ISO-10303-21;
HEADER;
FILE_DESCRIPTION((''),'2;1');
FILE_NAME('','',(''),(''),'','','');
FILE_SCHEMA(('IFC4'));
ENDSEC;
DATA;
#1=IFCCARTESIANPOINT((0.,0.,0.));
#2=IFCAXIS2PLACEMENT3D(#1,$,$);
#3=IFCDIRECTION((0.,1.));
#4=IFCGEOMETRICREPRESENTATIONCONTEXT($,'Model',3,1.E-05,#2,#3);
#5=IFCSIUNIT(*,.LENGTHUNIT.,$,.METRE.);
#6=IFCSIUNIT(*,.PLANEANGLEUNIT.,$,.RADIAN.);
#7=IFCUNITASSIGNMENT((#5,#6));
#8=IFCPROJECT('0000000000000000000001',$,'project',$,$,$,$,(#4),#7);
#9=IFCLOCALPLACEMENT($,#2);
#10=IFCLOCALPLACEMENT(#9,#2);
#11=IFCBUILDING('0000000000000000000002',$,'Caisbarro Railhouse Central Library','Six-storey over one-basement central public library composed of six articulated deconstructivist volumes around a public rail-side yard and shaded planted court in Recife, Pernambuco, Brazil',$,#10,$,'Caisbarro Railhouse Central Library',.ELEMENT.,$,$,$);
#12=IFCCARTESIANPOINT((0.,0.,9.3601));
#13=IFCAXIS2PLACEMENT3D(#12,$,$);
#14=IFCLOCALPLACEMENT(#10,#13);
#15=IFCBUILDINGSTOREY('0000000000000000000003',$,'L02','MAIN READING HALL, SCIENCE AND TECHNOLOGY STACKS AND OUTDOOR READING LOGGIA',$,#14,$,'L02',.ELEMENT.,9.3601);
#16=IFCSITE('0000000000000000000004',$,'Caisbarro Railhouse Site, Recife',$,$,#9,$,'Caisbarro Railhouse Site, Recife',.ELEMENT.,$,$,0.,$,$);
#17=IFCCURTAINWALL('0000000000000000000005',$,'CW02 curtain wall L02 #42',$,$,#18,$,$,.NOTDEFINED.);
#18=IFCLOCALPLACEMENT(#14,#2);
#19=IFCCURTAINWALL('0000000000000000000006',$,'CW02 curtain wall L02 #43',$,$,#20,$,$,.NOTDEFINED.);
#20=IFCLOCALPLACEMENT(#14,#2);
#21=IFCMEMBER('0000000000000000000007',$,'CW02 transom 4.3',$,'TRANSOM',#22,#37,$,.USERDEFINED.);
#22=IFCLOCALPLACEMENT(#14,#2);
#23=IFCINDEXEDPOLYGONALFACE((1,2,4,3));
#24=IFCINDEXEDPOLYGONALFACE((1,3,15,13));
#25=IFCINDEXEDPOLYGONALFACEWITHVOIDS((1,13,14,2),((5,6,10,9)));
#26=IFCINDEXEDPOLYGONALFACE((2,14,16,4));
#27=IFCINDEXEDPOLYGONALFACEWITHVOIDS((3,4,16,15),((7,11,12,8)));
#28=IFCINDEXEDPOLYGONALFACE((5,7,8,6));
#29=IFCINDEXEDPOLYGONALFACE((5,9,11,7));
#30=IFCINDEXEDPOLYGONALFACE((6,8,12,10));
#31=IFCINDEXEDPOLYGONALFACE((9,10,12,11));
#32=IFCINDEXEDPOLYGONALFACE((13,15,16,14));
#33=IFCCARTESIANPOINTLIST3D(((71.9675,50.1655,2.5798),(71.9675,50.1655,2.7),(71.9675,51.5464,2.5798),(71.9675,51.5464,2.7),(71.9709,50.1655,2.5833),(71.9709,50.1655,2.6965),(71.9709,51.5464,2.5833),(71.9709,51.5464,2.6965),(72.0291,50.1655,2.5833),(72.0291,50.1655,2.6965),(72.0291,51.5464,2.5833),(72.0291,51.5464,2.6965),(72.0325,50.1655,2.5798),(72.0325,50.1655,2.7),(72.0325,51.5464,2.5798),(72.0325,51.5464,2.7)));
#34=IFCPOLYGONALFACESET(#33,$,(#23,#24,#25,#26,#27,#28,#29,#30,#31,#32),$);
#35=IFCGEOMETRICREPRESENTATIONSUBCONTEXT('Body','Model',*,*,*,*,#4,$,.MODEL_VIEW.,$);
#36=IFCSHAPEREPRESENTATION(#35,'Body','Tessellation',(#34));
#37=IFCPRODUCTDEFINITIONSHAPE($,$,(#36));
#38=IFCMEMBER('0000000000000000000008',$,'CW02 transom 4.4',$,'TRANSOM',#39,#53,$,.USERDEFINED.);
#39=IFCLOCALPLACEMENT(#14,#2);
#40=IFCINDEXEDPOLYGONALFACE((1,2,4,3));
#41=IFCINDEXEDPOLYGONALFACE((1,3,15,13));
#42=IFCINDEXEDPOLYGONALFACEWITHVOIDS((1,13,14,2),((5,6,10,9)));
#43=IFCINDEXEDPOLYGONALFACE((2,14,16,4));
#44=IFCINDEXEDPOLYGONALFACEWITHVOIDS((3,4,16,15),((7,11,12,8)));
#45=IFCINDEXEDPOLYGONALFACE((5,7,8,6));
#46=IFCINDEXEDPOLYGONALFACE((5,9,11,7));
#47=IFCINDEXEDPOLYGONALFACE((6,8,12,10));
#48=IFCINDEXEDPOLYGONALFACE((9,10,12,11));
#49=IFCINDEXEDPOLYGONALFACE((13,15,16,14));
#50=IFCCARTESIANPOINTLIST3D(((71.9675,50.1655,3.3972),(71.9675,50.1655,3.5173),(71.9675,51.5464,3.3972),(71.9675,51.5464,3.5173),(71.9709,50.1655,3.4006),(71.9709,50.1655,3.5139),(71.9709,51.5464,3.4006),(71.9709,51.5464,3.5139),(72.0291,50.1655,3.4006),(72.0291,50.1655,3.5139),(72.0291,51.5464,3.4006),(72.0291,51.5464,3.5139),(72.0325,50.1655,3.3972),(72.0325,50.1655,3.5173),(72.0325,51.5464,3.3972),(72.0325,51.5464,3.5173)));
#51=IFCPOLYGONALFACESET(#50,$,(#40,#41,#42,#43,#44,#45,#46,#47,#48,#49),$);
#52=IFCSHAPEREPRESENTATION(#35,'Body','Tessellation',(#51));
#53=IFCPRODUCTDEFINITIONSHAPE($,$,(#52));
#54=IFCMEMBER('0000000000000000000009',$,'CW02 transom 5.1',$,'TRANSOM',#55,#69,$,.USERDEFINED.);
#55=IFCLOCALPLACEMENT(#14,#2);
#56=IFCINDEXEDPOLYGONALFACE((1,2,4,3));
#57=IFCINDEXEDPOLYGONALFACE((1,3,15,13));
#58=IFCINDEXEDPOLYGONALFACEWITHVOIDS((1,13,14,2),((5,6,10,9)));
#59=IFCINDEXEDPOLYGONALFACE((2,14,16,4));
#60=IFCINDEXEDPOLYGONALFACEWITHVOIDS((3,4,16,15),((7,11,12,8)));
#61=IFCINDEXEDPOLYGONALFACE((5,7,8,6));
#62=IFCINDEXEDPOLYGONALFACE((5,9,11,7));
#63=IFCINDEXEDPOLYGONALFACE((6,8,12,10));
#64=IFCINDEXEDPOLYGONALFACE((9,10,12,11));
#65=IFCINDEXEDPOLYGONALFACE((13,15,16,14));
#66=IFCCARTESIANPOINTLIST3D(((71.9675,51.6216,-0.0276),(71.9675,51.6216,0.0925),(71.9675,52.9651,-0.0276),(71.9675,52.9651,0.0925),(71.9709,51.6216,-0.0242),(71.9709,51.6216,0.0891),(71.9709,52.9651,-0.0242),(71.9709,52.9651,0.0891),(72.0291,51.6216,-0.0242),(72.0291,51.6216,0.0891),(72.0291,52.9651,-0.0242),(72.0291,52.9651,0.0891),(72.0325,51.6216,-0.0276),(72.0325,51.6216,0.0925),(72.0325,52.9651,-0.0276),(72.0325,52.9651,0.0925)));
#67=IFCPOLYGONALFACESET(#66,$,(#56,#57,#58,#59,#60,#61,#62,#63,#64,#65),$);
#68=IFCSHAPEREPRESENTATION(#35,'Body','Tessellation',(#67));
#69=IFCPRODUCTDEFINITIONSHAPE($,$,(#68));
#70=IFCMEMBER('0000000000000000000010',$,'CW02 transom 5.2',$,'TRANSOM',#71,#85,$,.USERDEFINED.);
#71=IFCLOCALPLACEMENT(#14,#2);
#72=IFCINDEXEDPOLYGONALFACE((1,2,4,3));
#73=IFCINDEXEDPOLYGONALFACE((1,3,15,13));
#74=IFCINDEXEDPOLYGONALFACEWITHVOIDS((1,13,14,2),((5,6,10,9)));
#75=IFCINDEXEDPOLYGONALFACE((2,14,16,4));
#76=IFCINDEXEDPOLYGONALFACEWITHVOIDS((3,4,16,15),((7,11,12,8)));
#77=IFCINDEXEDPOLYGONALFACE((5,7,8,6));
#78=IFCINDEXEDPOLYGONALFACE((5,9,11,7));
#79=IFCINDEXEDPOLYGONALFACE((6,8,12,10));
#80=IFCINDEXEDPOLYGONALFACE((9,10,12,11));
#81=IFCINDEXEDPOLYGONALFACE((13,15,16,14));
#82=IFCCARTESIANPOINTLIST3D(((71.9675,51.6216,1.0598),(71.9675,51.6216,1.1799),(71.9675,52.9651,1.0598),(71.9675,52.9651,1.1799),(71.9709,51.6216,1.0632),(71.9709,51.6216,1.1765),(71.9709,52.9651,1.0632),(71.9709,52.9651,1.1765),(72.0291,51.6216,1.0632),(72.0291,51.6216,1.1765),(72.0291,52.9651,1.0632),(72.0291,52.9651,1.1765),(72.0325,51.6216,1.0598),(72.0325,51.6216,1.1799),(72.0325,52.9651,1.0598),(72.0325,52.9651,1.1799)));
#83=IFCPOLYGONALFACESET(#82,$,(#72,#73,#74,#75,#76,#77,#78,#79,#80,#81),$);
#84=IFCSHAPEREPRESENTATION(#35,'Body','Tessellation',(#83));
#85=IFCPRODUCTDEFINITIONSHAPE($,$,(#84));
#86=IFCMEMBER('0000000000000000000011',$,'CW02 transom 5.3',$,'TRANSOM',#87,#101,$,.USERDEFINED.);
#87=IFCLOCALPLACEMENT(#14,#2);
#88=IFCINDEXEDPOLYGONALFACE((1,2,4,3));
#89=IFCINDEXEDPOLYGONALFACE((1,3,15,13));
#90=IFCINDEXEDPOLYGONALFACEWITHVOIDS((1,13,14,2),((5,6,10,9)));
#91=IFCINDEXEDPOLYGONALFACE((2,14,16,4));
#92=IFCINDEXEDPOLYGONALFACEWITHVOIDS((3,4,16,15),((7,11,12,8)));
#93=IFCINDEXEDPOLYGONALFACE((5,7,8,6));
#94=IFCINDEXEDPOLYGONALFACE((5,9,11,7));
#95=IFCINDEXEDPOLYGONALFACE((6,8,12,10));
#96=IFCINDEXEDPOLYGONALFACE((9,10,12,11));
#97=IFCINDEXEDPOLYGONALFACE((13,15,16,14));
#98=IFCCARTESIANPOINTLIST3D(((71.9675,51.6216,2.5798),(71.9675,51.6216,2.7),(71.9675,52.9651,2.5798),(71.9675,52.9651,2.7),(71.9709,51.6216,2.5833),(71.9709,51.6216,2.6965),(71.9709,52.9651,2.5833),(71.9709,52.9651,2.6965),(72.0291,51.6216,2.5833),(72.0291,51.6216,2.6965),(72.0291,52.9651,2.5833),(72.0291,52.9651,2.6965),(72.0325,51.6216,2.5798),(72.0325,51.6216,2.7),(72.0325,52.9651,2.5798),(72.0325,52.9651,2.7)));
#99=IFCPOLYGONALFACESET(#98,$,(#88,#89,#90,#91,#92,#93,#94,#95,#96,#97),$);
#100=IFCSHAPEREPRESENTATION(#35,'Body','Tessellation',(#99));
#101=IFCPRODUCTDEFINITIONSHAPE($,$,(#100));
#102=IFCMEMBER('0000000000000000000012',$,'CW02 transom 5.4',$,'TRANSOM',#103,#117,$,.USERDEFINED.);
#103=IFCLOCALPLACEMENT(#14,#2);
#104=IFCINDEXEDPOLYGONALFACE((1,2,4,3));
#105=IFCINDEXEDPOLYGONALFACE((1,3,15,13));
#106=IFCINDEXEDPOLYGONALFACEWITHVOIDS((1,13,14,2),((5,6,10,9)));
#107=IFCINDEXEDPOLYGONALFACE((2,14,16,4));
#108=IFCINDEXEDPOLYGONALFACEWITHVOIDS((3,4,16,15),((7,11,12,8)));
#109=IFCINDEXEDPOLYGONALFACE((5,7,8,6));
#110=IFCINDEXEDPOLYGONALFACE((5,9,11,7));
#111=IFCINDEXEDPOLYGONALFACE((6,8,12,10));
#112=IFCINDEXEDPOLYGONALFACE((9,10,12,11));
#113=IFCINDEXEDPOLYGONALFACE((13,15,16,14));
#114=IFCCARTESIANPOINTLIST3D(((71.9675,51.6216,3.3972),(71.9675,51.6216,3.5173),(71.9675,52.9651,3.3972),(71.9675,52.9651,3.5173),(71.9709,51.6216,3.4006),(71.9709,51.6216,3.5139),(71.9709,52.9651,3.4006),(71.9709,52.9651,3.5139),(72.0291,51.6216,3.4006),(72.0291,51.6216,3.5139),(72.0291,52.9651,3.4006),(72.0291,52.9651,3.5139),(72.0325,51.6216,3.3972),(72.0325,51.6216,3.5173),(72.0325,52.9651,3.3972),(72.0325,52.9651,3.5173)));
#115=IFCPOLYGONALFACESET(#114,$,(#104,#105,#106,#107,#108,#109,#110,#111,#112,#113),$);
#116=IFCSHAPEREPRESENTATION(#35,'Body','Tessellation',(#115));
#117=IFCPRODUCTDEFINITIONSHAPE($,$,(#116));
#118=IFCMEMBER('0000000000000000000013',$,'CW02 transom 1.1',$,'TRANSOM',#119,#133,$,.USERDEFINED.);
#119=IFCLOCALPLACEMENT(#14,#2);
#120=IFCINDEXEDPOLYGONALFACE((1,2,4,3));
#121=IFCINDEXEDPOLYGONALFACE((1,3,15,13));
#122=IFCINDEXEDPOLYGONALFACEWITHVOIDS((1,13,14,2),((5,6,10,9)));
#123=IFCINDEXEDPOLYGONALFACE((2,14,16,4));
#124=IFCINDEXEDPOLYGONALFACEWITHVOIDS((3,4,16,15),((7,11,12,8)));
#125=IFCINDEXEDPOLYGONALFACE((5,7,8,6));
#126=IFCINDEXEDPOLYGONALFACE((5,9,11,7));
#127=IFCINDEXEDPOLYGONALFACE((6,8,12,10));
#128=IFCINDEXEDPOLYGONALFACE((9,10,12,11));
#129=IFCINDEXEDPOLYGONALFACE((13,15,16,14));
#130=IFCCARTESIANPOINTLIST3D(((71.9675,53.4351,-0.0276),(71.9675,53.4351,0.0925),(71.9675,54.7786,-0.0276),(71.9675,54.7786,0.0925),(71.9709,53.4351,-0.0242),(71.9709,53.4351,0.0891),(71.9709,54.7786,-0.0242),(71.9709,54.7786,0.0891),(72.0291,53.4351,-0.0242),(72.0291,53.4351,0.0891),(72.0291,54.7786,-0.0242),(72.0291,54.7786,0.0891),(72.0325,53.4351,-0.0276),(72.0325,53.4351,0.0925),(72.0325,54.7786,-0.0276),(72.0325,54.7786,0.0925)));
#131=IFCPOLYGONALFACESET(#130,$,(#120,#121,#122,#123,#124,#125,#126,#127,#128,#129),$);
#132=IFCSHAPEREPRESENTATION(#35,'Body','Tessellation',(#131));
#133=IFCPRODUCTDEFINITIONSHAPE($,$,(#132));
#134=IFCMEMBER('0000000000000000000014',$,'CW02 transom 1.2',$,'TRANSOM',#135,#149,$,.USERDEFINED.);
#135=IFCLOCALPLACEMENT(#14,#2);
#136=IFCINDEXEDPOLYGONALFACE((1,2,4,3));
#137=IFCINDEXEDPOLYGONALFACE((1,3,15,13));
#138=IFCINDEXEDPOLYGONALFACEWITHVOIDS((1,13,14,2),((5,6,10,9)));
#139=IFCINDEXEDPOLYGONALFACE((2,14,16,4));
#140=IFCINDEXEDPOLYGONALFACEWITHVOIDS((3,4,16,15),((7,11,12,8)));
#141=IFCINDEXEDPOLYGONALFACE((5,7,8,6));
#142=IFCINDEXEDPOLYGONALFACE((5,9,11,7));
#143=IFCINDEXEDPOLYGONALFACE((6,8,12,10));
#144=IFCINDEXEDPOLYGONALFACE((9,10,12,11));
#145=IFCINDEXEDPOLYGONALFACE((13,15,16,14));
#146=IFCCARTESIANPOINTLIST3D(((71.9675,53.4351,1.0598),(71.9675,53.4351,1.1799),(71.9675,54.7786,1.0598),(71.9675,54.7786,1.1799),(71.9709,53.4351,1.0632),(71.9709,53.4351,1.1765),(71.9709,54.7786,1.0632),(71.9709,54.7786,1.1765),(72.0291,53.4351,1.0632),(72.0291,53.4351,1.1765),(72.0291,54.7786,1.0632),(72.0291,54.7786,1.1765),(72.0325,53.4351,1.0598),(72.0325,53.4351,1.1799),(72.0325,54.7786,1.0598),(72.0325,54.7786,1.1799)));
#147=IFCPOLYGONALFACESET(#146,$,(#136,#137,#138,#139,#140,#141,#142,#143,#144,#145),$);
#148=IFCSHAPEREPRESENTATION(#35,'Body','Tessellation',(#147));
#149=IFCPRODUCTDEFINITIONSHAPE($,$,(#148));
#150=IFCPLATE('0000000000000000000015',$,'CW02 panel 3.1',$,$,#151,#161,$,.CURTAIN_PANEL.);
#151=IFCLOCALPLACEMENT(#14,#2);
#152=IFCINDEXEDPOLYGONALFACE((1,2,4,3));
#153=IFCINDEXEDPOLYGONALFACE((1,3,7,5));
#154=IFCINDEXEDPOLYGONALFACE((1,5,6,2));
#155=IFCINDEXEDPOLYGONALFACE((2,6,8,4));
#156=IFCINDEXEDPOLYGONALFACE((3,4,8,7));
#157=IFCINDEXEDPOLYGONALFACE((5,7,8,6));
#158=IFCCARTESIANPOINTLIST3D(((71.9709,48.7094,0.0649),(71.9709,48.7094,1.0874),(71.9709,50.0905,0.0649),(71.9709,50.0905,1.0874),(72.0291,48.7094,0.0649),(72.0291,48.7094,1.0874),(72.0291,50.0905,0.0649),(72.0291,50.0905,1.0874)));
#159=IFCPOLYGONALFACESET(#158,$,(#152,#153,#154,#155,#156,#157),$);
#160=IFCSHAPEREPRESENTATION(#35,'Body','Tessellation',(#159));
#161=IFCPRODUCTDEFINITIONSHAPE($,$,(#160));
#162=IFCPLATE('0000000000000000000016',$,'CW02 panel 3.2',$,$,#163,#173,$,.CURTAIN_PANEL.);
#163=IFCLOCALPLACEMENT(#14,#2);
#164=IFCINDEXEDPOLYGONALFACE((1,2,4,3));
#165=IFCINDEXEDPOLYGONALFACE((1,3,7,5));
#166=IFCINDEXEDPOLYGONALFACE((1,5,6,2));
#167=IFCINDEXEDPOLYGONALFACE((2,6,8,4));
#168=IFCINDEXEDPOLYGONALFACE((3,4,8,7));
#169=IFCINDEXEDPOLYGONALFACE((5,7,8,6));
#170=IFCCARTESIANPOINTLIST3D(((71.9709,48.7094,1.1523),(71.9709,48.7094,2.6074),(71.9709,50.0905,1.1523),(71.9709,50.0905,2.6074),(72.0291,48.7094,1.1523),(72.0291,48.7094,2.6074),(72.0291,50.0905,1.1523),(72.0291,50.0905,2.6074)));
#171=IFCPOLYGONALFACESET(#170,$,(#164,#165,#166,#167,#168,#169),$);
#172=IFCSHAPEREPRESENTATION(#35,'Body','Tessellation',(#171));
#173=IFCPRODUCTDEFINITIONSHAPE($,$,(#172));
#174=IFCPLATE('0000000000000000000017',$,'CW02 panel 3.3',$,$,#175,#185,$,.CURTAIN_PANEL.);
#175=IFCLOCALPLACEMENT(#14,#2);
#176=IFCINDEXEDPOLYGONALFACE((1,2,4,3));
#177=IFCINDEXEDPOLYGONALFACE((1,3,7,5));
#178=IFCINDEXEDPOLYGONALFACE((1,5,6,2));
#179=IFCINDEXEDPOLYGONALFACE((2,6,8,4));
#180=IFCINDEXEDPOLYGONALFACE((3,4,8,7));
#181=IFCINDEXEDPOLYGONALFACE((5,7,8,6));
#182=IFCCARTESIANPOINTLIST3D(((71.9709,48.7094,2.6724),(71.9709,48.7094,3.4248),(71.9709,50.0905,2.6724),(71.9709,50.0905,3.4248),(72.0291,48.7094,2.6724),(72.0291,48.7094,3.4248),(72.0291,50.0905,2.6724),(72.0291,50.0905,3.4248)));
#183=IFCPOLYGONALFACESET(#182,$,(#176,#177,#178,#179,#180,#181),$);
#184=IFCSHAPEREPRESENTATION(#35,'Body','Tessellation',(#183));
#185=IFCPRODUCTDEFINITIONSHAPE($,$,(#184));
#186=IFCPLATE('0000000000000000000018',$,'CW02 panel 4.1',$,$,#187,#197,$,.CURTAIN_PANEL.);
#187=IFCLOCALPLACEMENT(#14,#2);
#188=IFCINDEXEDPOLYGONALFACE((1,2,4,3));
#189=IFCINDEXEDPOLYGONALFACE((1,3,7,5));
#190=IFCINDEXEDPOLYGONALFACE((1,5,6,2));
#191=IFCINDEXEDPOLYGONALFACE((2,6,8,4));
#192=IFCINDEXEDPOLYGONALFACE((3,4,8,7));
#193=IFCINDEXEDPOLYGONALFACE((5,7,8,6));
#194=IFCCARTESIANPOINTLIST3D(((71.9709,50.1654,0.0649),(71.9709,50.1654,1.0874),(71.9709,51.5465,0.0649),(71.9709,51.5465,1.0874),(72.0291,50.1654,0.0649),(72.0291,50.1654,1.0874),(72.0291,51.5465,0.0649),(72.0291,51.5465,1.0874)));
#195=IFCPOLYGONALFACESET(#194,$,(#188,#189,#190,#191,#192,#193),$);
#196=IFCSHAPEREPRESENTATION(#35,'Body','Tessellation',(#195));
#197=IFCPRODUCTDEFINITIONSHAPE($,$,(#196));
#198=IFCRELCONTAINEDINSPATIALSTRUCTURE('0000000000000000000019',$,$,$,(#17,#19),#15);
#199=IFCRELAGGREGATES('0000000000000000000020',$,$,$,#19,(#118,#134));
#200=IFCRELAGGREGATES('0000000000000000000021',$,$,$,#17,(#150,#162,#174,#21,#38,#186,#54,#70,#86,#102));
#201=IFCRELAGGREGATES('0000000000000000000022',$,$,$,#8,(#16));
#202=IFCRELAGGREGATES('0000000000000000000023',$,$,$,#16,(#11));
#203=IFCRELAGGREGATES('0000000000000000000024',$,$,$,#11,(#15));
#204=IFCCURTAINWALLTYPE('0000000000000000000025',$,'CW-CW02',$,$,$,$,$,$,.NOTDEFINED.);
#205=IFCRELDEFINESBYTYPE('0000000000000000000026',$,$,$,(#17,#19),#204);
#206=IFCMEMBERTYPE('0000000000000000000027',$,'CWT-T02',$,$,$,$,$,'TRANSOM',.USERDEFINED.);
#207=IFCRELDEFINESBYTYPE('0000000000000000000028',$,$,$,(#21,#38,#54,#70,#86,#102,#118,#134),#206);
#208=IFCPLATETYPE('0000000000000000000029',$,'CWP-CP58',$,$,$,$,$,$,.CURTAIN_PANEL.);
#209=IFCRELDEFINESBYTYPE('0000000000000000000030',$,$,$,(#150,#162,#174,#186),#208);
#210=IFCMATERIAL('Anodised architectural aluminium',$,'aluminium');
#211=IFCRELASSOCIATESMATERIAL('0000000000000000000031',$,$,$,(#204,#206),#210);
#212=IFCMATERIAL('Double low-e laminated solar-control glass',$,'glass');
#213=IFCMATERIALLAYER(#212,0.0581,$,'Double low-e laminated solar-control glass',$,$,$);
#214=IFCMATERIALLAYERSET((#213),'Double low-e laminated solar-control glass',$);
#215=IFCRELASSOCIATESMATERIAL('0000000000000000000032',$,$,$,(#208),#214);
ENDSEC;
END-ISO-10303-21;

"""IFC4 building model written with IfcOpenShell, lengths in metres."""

from ifc_helpers import new_model, si_unit, direction, frame, origin, origin_2d, place, context, subcontext, project, spatial, rectangle, hollow_rectangle, extrude, material, layer, layer_set, material_profile, profile_set, type_object, element, aggregate, save


model = new_model("IFC4")

# Units and contexts
model_context = context("Model", 3, precision=1e-05, world=origin(), true_north=direction((0.0, 1.0)))
body_context = subcontext(model_context, "Body", "Model", "MODEL_VIEW")
ifc_project = project(units=[si_unit("LENGTHUNIT", "METRE"), si_unit("PLANEANGLEUNIT", "RADIAN")], contexts=[model_context])

# Site, building, storey
site_placement = place(None, origin())
site = spatial("IfcSite", under=ifc_project, at=site_placement, Name="Caisbarro Railhouse Site, Recife", LongName="Caisbarro Railhouse Site, Recife", CompositionType="ELEMENT", RefElevation=0.0)
building_placement = place(site_placement, origin())
building = spatial("IfcBuilding", under=site, at=building_placement, Name="Caisbarro Railhouse Central Library", Description="Six-storey over one-basement central public library composed of six articulated deconstructivist volumes around a public rail-side yard and shaded planted court in Recife, Pernambuco, Brazil", LongName="Caisbarro Railhouse Central Library", CompositionType="ELEMENT")
storey_placement = place(building_placement, frame((0.0, 0.0, 9.3601)))
storey = spatial("IfcBuildingStorey", under=building, at=storey_placement, Name="L02", Description="MAIN READING HALL, SCIENCE AND TECHNOLOGY STACKS AND OUTDOOR READING LOGGIA", LongName="L02", CompositionType="ELEMENT", Elevation=9.3601)

# Curtain wall
ifc_material_1 = material(Name="Anodised architectural aluminium", Category="aluminium")
curtain_wall_type = type_object("IfcCurtainWallType", Name="CW-CW02", PredefinedType="NOTDEFINED", material=ifc_material_1)
curtain_wall_1_placement = place(storey_placement, origin())
curtain_wall_1 = element("IfcCurtainWall", 1, at=curtain_wall_1_placement, inside=storey, type_object=curtain_wall_type, Name="CW02 curtain wall L02 #42", PredefinedType="NOTDEFINED")

# Curtain wall
curtain_wall_2_placement = place(storey_placement, origin())
curtain_wall_2 = element("IfcCurtainWall", 2, at=curtain_wall_2_placement, inside=storey, type_object=curtain_wall_type, Name="CW02 curtain wall L02 #43", PredefinedType="NOTDEFINED")

# Members
ifc_material_profile_1 = material_profile(ifc_material_1, hollow_rectangle(XDim=0.0649, YDim=0.1201, WallThickness=0.0034, at=origin_2d()), Name="ALU-TRN-65X120")
ifc_profile_set_1 = profile_set([ifc_material_profile_1], Name="Anodised architectural aluminium")
member_type_1 = type_object("IfcMemberType", Name="CWT-T02", ElementType="TRANSOM", PredefinedType="USERDEFINED", material=ifc_profile_set_1)
member_1_placement = place(storey_placement, frame((72.0, 50.1655, 2.6399), z_axis=(0.0, 1.0, 0.0), x_axis=(-1.0, 0.0, 0.0)))
member_1 = element("IfcMember", 3, at=member_1_placement, type_object=member_type_1, Name="CW02 transom 4.3", ObjectType="TRANSOM", PredefinedType="USERDEFINED", context=body_context, shape_type="SweptSolid", body=[
    extrude(hollow_rectangle(XDim=0.0649, YDim=0.1201, WallThickness=0.0034, at=origin_2d()), origin(), (0.0, 0.0, 1.0), 1.3809),
])
member_2_placement = place(storey_placement, frame((72.0, 50.1655, 3.4573), z_axis=(0.0, 1.0, 0.0), x_axis=(-1.0, 0.0, 0.0)))
member_2 = element("IfcMember", 4, at=member_2_placement, type_object=member_type_1, Name="CW02 transom 4.4", ObjectType="TRANSOM", PredefinedType="USERDEFINED", context=body_context, shape_type="SweptSolid", body=[
    extrude(hollow_rectangle(XDim=0.0649, YDim=0.1201, WallThickness=0.0034, at=origin_2d()), origin(), (0.0, 0.0, 1.0), 1.3809),
])
member_3_placement = place(storey_placement, frame((72.0, 51.6216, 0.0325), z_axis=(0.0, 1.0, 0.0), x_axis=(-1.0, 0.0, 0.0)))
member_3 = element("IfcMember", 5, at=member_3_placement, type_object=member_type_1, Name="CW02 transom 5.1", ObjectType="TRANSOM", PredefinedType="USERDEFINED", context=body_context, shape_type="SweptSolid", body=[
    extrude(hollow_rectangle(XDim=0.0649, YDim=0.1201, WallThickness=0.0034, at=origin_2d()), origin(), (0.0, 0.0, 1.0), 1.3435),
])
member_4_placement = place(storey_placement, frame((72.0, 51.6216, 1.1199), z_axis=(0.0, 1.0, 0.0), x_axis=(-1.0, 0.0, 0.0)))
member_4 = element("IfcMember", 6, at=member_4_placement, type_object=member_type_1, Name="CW02 transom 5.2", ObjectType="TRANSOM", PredefinedType="USERDEFINED", context=body_context, shape_type="SweptSolid", body=[
    extrude(hollow_rectangle(XDim=0.0649, YDim=0.1201, WallThickness=0.0034, at=origin_2d()), origin(), (0.0, 0.0, 1.0), 1.3435),
])
member_5_placement = place(storey_placement, frame((72.0, 51.6216, 2.6399), z_axis=(0.0, 1.0, 0.0), x_axis=(-1.0, 0.0, 0.0)))
member_5 = element("IfcMember", 7, at=member_5_placement, type_object=member_type_1, Name="CW02 transom 5.3", ObjectType="TRANSOM", PredefinedType="USERDEFINED", context=body_context, shape_type="SweptSolid", body=[
    extrude(hollow_rectangle(XDim=0.0649, YDim=0.1201, WallThickness=0.0034, at=origin_2d()), origin(), (0.0, 0.0, 1.0), 1.3435),
])
member_6_placement = place(storey_placement, frame((72.0, 51.6216, 3.4573), z_axis=(0.0, 1.0, 0.0), x_axis=(-1.0, 0.0, 0.0)))
member_6 = element("IfcMember", 8, at=member_6_placement, type_object=member_type_1, Name="CW02 transom 5.4", ObjectType="TRANSOM", PredefinedType="USERDEFINED", context=body_context, shape_type="SweptSolid", body=[
    extrude(hollow_rectangle(XDim=0.0649, YDim=0.1201, WallThickness=0.0034, at=origin_2d()), origin(), (0.0, 0.0, 1.0), 1.3435),
])
member_7_placement = place(storey_placement, frame((72.0, 53.4351, 0.0325), z_axis=(0.0, 1.0, 0.0), x_axis=(-1.0, 0.0, 0.0)))
member_7 = element("IfcMember", 9, at=member_7_placement, type_object=member_type_1, Name="CW02 transom 1.1", ObjectType="TRANSOM", PredefinedType="USERDEFINED", context=body_context, shape_type="SweptSolid", body=[
    extrude(hollow_rectangle(XDim=0.0649, YDim=0.1201, WallThickness=0.0034, at=origin_2d()), origin(), (0.0, 0.0, 1.0), 1.3435),
])
member_8_placement = place(storey_placement, frame((72.0, 53.4351, 1.1199), z_axis=(0.0, 1.0, 0.0), x_axis=(-1.0, 0.0, 0.0)))
member_8 = element("IfcMember", 10, at=member_8_placement, type_object=member_type_1, Name="CW02 transom 1.2", ObjectType="TRANSOM", PredefinedType="USERDEFINED", context=body_context, shape_type="SweptSolid", body=[
    extrude(hollow_rectangle(XDim=0.0649, YDim=0.1201, WallThickness=0.0034, at=origin_2d()), origin(), (0.0, 0.0, 1.0), 1.3435),
])
aggregate(curtain_wall_2, [member_7, member_8])

# Plates
ifc_material_2 = material(Name="Double low-e laminated solar-control glass", Category="glass")
ifc_layer_1 = layer(ifc_material_2, 0.0581, Name="Double low-e laminated solar-control glass")
ifc_layer_set_1 = layer_set([ifc_layer_1], Name="Double low-e laminated solar-control glass")
plate_type_1 = type_object("IfcPlateType", Name="CWP-CP58", PredefinedType="CURTAIN_PANEL", material=ifc_layer_set_1)
plate_1_placement = place(storey_placement, frame((72.0, 49.3999, 0.0649), z_axis=(0.0, 0.0, 1.0), x_axis=(0.0, 1.0, 0.0)))
plate_1 = element("IfcPlate", 11, at=plate_1_placement, type_object=plate_type_1, Name="CW02 panel 3.1", PredefinedType="CURTAIN_PANEL", context=body_context, shape_type="SweptSolid", body=[
    extrude(rectangle(XDim=1.3811, YDim=0.0581, at=origin_2d()), origin(), (0.0, 0.0, 1.0), 1.0225),
])
plate_2_placement = place(storey_placement, frame((72.0, 49.3999, 1.1523), z_axis=(0.0, 0.0, 1.0), x_axis=(0.0, 1.0, 0.0)))
plate_2 = element("IfcPlate", 12, at=plate_2_placement, type_object=plate_type_1, Name="CW02 panel 3.2", PredefinedType="CURTAIN_PANEL", context=body_context, shape_type="SweptSolid", body=[
    extrude(rectangle(XDim=1.3811, YDim=0.0581, at=origin_2d()), origin(), (0.0, 0.0, 1.0), 1.4551),
])
plate_3_placement = place(storey_placement, frame((72.0, 49.3999, 2.6724), z_axis=(0.0, 0.0, 1.0), x_axis=(0.0, 1.0, 0.0)))
plate_3 = element("IfcPlate", 13, at=plate_3_placement, type_object=plate_type_1, Name="CW02 panel 3.3", PredefinedType="CURTAIN_PANEL", context=body_context, shape_type="SweptSolid", body=[
    extrude(rectangle(XDim=1.3811, YDim=0.0581, at=origin_2d()), origin(), (0.0, 0.0, 1.0), 0.7524),
])
plate_4_placement = place(storey_placement, frame((72.0, 50.856, 0.0649), z_axis=(0.0, 0.0, 1.0), x_axis=(0.0, 1.0, 0.0)))
plate_4 = element("IfcPlate", 14, at=plate_4_placement, type_object=plate_type_1, Name="CW02 panel 4.1", PredefinedType="CURTAIN_PANEL", context=body_context, shape_type="SweptSolid", body=[
    extrude(rectangle(XDim=1.3811, YDim=0.0581, at=origin_2d()), origin(), (0.0, 0.0, 1.0), 1.0225),
])
aggregate(curtain_wall_1, [plate_1, plate_2, plate_3, member_1, member_2, plate_4, member_3, member_4, member_5, member_6])

save(model, "model.ifc")
